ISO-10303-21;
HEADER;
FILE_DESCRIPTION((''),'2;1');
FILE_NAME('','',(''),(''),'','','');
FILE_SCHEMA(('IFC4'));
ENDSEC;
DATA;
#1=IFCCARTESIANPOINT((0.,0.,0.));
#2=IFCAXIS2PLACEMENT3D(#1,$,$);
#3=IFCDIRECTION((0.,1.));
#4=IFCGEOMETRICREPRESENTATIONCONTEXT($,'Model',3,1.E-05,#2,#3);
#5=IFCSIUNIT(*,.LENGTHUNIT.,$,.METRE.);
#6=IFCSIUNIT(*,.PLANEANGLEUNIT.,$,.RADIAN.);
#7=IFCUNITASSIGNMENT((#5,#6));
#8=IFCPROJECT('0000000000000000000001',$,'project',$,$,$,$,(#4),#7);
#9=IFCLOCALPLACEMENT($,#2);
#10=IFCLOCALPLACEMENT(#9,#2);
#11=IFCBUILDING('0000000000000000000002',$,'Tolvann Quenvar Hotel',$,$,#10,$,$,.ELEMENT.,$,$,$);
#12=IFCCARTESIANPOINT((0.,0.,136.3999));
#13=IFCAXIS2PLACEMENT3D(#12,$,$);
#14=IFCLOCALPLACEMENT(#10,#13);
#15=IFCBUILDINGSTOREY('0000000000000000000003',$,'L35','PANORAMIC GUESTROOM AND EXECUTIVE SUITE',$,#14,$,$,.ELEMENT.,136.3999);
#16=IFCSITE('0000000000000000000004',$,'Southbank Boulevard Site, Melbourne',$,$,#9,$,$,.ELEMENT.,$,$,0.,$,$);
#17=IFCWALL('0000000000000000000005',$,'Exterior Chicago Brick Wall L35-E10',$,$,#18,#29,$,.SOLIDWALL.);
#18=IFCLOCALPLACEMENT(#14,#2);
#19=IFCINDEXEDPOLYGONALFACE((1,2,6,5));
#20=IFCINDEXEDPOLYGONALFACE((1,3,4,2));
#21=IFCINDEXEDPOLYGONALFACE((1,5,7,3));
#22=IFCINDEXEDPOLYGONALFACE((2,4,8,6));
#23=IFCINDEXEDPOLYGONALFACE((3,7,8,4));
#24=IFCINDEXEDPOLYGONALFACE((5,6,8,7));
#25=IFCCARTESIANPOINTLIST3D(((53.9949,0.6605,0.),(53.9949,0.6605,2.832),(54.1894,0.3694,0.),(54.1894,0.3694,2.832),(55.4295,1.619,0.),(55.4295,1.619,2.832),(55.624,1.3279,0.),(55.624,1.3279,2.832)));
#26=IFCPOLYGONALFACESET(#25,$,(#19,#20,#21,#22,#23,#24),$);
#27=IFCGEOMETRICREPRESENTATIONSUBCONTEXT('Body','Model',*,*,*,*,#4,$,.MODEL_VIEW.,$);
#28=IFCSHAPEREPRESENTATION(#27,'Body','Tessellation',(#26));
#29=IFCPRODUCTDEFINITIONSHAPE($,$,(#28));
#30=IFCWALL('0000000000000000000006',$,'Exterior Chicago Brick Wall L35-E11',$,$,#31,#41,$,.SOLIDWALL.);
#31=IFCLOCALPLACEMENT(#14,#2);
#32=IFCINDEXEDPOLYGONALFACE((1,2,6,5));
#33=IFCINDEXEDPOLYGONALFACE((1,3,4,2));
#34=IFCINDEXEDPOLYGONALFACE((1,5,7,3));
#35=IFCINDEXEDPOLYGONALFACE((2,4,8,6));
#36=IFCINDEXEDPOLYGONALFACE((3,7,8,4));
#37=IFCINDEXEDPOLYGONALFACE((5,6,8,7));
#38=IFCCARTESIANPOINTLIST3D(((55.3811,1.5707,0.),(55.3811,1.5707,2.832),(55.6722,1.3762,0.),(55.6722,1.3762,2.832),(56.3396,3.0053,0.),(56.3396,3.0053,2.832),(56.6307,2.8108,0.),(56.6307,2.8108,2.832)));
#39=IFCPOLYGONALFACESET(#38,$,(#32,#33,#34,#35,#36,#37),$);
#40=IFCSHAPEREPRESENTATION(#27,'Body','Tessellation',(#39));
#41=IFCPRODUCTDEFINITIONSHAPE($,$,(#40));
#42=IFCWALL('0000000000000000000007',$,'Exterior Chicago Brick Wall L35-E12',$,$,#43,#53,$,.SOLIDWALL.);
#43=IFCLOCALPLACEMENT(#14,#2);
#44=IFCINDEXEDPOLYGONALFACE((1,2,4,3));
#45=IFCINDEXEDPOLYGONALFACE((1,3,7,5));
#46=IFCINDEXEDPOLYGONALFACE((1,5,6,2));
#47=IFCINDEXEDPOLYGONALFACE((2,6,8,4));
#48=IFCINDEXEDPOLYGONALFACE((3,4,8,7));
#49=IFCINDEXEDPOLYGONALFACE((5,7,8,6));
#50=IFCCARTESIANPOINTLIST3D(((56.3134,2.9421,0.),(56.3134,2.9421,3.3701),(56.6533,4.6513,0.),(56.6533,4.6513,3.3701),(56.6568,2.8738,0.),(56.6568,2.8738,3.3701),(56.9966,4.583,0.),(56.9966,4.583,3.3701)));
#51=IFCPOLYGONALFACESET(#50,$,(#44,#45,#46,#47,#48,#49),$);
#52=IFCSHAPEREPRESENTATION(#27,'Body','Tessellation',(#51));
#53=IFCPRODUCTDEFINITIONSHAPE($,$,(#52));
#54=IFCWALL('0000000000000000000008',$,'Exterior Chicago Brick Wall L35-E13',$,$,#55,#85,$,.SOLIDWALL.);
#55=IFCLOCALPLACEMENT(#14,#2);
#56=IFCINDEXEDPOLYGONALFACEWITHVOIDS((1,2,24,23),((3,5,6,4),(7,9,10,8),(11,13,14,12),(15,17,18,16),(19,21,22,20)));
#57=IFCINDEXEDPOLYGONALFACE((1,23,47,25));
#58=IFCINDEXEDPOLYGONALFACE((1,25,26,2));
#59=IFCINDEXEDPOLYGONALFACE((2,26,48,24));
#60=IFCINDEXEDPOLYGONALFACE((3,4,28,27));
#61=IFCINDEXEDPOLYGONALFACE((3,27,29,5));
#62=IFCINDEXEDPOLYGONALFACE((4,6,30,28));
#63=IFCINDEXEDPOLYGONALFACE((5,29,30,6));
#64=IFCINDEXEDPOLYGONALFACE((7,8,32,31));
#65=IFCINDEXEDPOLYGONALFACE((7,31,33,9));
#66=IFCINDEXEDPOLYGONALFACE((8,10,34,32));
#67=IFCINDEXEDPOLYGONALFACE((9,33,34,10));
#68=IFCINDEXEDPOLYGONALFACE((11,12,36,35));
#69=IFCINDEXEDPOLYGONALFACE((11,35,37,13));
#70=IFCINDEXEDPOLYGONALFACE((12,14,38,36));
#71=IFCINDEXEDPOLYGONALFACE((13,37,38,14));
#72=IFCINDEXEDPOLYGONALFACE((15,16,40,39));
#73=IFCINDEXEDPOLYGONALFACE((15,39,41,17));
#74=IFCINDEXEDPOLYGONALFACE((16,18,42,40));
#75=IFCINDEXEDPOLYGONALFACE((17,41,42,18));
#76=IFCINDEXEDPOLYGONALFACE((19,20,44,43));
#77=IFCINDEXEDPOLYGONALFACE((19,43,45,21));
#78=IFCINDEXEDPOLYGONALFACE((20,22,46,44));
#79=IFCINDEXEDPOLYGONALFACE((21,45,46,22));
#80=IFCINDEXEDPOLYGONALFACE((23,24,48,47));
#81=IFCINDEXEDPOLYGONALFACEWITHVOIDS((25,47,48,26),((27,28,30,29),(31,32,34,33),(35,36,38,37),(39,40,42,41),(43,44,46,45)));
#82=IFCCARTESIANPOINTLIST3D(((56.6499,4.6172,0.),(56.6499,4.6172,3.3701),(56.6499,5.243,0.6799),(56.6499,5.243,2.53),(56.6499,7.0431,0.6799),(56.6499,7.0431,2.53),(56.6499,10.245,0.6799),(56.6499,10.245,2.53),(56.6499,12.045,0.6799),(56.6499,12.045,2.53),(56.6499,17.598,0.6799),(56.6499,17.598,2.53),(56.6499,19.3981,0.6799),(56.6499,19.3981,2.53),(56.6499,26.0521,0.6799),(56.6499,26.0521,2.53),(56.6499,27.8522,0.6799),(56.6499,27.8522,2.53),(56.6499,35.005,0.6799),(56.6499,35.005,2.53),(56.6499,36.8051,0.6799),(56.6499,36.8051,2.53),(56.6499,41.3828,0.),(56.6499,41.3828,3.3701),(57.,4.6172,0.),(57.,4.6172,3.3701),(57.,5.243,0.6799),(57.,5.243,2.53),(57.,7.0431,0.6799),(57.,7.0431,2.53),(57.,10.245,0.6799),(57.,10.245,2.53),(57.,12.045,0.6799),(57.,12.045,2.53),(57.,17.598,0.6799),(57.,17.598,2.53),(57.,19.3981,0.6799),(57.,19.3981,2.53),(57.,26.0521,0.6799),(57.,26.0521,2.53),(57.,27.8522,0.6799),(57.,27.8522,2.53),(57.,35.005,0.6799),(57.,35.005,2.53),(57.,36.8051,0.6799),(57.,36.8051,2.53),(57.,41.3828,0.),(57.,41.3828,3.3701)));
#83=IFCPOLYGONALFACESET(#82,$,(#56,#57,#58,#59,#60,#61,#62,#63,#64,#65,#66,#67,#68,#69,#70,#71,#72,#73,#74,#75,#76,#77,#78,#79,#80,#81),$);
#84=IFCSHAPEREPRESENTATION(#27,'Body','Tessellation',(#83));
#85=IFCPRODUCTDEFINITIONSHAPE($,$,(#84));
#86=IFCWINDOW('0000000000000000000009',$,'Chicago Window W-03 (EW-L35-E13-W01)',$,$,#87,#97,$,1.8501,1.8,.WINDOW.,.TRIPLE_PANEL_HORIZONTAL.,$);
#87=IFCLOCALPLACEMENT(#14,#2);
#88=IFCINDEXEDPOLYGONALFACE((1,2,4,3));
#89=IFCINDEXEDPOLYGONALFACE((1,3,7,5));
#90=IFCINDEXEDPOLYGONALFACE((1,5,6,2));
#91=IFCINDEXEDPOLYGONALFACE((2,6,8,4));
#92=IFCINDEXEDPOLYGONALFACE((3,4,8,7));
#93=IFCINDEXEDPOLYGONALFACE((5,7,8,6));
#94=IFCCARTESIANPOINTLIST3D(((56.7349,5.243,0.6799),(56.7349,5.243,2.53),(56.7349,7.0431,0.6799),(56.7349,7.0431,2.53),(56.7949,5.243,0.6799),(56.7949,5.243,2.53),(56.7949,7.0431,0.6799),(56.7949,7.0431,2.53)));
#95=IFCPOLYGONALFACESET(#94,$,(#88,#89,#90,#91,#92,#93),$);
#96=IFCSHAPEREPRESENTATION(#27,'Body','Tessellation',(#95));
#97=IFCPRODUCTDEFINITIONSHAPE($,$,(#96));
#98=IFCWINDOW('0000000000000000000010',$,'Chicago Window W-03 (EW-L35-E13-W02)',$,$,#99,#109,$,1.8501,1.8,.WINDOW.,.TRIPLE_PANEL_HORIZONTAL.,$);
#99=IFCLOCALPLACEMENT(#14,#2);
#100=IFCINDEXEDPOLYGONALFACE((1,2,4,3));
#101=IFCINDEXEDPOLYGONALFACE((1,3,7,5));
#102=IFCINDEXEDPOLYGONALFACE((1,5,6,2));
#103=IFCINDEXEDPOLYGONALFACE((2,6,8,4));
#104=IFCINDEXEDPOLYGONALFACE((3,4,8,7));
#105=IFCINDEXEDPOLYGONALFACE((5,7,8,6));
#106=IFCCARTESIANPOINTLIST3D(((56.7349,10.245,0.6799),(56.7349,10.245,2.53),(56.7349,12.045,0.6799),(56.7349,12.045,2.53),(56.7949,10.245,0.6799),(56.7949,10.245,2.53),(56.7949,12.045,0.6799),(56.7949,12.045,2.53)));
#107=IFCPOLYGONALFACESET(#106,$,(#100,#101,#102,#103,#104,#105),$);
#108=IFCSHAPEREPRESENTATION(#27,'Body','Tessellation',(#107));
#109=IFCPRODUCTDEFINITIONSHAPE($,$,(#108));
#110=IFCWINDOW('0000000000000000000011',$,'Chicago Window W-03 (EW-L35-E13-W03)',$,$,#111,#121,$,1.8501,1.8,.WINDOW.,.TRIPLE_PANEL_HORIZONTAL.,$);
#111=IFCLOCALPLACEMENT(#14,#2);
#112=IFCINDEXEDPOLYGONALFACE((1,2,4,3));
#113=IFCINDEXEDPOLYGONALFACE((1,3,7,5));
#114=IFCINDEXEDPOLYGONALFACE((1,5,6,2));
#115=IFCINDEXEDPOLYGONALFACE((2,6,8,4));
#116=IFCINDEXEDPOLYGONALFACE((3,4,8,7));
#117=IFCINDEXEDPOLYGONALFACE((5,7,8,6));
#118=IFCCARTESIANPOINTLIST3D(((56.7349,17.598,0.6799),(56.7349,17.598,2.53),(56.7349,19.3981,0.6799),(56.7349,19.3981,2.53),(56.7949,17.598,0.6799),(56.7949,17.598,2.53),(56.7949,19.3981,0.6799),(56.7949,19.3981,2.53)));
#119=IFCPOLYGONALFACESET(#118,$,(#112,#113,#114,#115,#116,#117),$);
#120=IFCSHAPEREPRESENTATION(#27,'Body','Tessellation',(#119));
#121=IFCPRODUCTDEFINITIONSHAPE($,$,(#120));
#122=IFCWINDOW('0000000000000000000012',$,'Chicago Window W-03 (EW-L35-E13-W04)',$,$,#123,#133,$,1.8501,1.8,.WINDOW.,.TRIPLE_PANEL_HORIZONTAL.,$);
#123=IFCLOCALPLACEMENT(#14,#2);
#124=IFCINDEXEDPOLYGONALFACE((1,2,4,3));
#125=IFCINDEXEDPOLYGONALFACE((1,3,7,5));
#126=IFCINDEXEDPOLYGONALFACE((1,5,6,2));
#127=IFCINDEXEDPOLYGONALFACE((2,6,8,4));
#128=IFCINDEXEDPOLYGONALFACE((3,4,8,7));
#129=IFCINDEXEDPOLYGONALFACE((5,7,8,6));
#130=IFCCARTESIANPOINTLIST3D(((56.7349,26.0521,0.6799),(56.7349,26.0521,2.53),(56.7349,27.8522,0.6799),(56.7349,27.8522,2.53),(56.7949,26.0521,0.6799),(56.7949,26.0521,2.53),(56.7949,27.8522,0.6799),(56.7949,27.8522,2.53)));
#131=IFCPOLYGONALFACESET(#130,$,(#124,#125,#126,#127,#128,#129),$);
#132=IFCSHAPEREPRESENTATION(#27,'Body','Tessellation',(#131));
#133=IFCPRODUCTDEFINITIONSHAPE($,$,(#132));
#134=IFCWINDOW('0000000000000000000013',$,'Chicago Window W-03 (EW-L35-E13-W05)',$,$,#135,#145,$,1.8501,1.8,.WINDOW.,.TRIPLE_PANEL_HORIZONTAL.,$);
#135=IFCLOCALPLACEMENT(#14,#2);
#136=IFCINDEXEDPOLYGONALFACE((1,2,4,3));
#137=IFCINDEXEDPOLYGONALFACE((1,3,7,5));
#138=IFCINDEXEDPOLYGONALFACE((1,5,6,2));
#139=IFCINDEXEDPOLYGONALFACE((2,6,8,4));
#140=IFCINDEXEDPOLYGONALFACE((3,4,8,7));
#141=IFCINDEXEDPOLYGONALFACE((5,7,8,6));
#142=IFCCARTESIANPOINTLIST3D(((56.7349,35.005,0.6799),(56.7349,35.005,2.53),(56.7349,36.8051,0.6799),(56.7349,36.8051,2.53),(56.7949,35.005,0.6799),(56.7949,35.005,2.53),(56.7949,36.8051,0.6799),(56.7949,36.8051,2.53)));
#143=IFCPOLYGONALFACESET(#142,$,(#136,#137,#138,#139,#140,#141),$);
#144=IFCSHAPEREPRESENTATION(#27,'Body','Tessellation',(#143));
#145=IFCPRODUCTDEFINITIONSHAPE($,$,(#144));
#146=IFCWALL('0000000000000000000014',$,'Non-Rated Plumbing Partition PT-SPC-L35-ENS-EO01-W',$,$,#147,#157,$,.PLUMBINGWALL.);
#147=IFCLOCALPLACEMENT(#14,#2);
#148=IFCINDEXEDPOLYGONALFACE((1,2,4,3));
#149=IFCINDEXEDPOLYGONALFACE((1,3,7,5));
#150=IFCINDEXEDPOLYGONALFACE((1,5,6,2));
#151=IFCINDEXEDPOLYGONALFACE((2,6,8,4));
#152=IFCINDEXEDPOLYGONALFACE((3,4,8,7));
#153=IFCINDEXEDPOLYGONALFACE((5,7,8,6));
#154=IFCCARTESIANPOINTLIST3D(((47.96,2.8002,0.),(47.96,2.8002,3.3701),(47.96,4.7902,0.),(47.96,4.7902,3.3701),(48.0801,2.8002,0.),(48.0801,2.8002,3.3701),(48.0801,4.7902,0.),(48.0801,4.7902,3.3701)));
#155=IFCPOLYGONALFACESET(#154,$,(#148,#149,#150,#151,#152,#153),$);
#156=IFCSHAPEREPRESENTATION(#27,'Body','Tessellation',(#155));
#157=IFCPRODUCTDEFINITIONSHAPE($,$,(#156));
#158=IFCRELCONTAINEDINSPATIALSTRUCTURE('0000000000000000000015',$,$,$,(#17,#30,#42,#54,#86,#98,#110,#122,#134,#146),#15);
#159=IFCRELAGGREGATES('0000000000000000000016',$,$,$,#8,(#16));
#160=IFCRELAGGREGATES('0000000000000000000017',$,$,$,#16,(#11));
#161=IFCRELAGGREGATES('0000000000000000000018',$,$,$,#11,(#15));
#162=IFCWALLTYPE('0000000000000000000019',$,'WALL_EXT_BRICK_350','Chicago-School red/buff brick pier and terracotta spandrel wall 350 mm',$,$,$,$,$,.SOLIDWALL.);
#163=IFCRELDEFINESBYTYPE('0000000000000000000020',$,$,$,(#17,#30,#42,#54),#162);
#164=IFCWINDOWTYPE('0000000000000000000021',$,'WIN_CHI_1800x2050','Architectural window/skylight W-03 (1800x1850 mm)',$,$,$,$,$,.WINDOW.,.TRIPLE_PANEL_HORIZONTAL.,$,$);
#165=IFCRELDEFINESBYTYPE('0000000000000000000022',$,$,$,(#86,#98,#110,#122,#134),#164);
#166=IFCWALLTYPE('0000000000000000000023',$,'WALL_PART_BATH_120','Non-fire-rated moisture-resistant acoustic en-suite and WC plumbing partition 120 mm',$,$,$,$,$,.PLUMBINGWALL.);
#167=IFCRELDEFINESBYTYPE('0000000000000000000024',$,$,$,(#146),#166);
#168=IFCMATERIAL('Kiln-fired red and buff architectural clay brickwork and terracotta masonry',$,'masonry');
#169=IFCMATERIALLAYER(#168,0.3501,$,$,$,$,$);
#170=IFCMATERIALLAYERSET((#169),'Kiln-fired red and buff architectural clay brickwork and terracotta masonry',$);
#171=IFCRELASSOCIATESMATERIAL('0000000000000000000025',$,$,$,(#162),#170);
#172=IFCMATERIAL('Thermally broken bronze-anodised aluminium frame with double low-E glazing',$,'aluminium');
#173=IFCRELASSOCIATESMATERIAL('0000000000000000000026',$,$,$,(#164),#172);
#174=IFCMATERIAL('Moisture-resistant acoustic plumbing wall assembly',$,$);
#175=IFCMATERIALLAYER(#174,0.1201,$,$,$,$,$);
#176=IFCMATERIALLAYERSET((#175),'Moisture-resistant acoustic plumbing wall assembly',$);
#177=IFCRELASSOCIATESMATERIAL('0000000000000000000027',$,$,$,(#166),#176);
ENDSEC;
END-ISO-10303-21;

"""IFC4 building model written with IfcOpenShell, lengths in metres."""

from ifc_helpers import new_model, si_unit, direction, frame, frame_2d, origin, place, context, subcontext, project, spatial, rectangle, extrude, source, transform, mapped, material, layer, layer_set, type_object, type_shapes, element, fill, save


model = new_model("IFC4")

# Units and contexts
model_context = context("Model", 3, precision=1e-05, world=origin(), true_north=direction((0.0, 1.0)))
body_context = subcontext(model_context, "Body", "Model", "MODEL_VIEW")
ifc_project = project(units=[si_unit("LENGTHUNIT", "METRE"), si_unit("PLANEANGLEUNIT", "RADIAN")], contexts=[model_context])

# Site, building, storey
site_placement = place(None, origin())
site = spatial("IfcSite", under=ifc_project, at=site_placement, Name="Southbank Boulevard Site, Melbourne", CompositionType="ELEMENT", RefElevation=0.0)
building_placement = place(site_placement, origin())
building = spatial("IfcBuilding", under=site, at=building_placement, Name="Tolvann Quenvar Hotel", CompositionType="ELEMENT")
storey_placement = place(building_placement, frame((0.0, 0.0, 136.3999)))
storey = spatial("IfcBuildingStorey", under=building, at=storey_placement, Name="L35", Description="PANORAMIC GUESTROOM AND EXECUTIVE SUITE", CompositionType="ELEMENT", Elevation=136.3999)

# Walls
ifc_material_1 = material(Name="Kiln-fired red and buff architectural clay brickwork and terracotta masonry", Category="masonry")
ifc_layer_1 = layer(ifc_material_1, 0.3501)
ifc_layer_set_1 = layer_set([ifc_layer_1], Name="Kiln-fired red and buff architectural clay brickwork and terracotta masonry")
wall_type_1 = type_object("IfcWallType", Name="WALL_EXT_BRICK_350", Description="Chicago-School red/buff brick pier and terracotta spandrel wall 350 mm", PredefinedType="SOLIDWALL", material=ifc_layer_set_1)
for number, where, z_axis, x_axis, name in (
    (1, (54.092, 0.5149, 0.0), (0.0, 0.0, 1.0), (0.831484, 0.555549, 0.0), "Exterior Chicago Brick Wall L35-E10"),
    (2, (55.5266, 1.4734, 0.0), (0.0, 0.0, 1.0), (0.555549, 0.831484, 0.0), "Exterior Chicago Brick Wall L35-E11"),
):
    element("IfcWall", number, at=place(storey_placement, frame(where, z_axis=z_axis, x_axis=x_axis)), inside=storey, type_object=wall_type_1, Name=name, PredefinedType="SOLIDWALL", context=body_context, shape_type="SweptSolid", body=[
        extrude(rectangle(XDim=1.7253, YDim=0.3501, at=frame_2d((0.8628, 0.0))), origin(), (0.0, 0.0, 1.0), 2.832),
    ])
wall_1_placement = place(storey_placement, frame((56.4851, 2.908, 0.0), z_axis=(0.0, 0.0, 1.0), x_axis=(0.195011, 0.980801, 0.0)))
element("IfcWall", 3, at=wall_1_placement, inside=storey, type_object=wall_type_1, Name="Exterior Chicago Brick Wall L35-E12", PredefinedType="SOLIDWALL", context=body_context, shape_type="SweptSolid", body=[
    extrude(rectangle(XDim=1.7427, YDim=0.3501, at=frame_2d((0.8713, 0.0))), origin(), (0.0, 0.0, 1.0), 3.3701),
])

# Wall, openings, windows
wall_2_placement = place(storey_placement, frame((56.825, 4.6172, 0.0), z_axis=(0.0, 0.0, 1.0), x_axis=(0.0, 1.0, 0.0)))
wall_2 = element("IfcWall", 4, at=wall_2_placement, inside=storey, type_object=wall_type_1, Name="Exterior Chicago Brick Wall L35-E13", PredefinedType="SOLIDWALL", context=body_context, shape_type="SweptSolid", body=[
    extrude(rectangle(XDim=36.7656, YDim=0.3501, at=frame_2d((18.3828, 0.0))), origin(), (0.0, 0.0, 1.0), 3.3701),
])
opening_1_placement = place(wall_2_placement, frame((0.626, 0.0, 0.6799)))
opening_1 = element("IfcOpeningElement", 5, at=opening_1_placement, cuts=wall_2, PredefinedType="OPENING", context=body_context, shape_type="SweptSolid", body=[
    extrude(rectangle(XDim=1.8, YDim=1.8501, at=frame_2d((0.8999, 0.925))), frame((0.0, 0.1851, 0.0), z_axis=(0.0, -1.0, 0.0), x_axis=(1.0, 0.0, 0.0)), (0.0, 0.0, 1.0), 0.3701),
])
opening_2_placement = place(wall_2_placement, frame((5.6279, 0.0, 0.6799)))
opening_2 = element("IfcOpeningElement", 6, at=opening_2_placement, cuts=wall_2, PredefinedType="OPENING", context=body_context, shape_type="SweptSolid", body=[
    extrude(rectangle(XDim=1.8, YDim=1.8501, at=frame_2d((0.8999, 0.925))), frame((0.0, 0.1851, 0.0), z_axis=(0.0, -1.0, 0.0), x_axis=(1.0, 0.0, 0.0)), (0.0, 0.0, 1.0), 0.3701),
])
opening_3_placement = place(wall_2_placement, frame((12.981, 0.0, 0.6799)))
opening_3 = element("IfcOpeningElement", 7, at=opening_3_placement, cuts=wall_2, PredefinedType="OPENING", context=body_context, shape_type="SweptSolid", body=[
    extrude(rectangle(XDim=1.8, YDim=1.8501, at=frame_2d((0.8999, 0.925))), frame((0.0, 0.1851, 0.0), z_axis=(0.0, -1.0, 0.0), x_axis=(1.0, 0.0, 0.0)), (0.0, 0.0, 1.0), 0.3701),
])
opening_4_placement = place(wall_2_placement, frame((21.4351, 0.0, 0.6799)))
opening_4 = element("IfcOpeningElement", 8, at=opening_4_placement, cuts=wall_2, PredefinedType="OPENING", context=body_context, shape_type="SweptSolid", body=[
    extrude(rectangle(XDim=1.8, YDim=1.8501, at=frame_2d((0.8999, 0.925))), frame((0.0, 0.1851, 0.0), z_axis=(0.0, -1.0, 0.0), x_axis=(1.0, 0.0, 0.0)), (0.0, 0.0, 1.0), 0.3701),
])
opening_5_placement = place(wall_2_placement, frame((30.3879, 0.0, 0.6799)))
opening_5 = element("IfcOpeningElement", 9, at=opening_5_placement, cuts=wall_2, PredefinedType="OPENING", context=body_context, shape_type="SweptSolid", body=[
    extrude(rectangle(XDim=1.8, YDim=1.8501, at=frame_2d((0.8999, 0.925))), frame((0.0, 0.1851, 0.0), z_axis=(0.0, -1.0, 0.0), x_axis=(1.0, 0.0, 0.0)), (0.0, 0.0, 1.0), 0.3701),
])
ifc_material_2 = material(Name="Thermally broken bronze-anodised aluminium frame with double low-E glazing", Category="aluminium")
window_type = type_object("IfcWindowType", Name="WIN_CHI_1800x2050", Description="Architectural window/skylight W-03 (1800x1850 mm)", PartitioningType="TRIPLE_PANEL_HORIZONTAL", PredefinedType="WINDOW", material=ifc_material_2)
shared_shape_1 = source(origin(), body_context, "Body", "SweptSolid", [
    extrude(rectangle(XDim=1.8, YDim=1.8501, at=frame_2d((0.8999, 0.925))), frame((0.0, 0.0901, 0.0), z_axis=(0.0, -1.0, 0.0), x_axis=(1.0, 0.0, 0.0)), (0.0, 0.0, 1.0), 0.0601),
])
type_shapes(window_type, [shared_shape_1])
window_1_placement = place(opening_1_placement, origin())
window_1 = element("IfcWindow", 10, at=window_1_placement, inside=storey, type_object=window_type, Name="Chicago Window W-03 (EW-L35-E13-W01)", OverallHeight=1.8501, OverallWidth=1.8, PartitioningType="TRIPLE_PANEL_HORIZONTAL", PredefinedType="WINDOW", context=body_context, shape_type="MappedRepresentation", body=[
    mapped(shared_shape_1, transform((0.0, 0.0, 0.0), x_axis=(1.0, 0.0, 0.0), y_axis=(0.0, 1.0, 0.0), z_axis=(0.0, 0.0, 1.0), scale=1.0)),
])
fill(opening_1, window_1)
window_2_placement = place(opening_2_placement, origin())
window_2 = element("IfcWindow", 11, at=window_2_placement, inside=storey, type_object=window_type, Name="Chicago Window W-03 (EW-L35-E13-W02)", OverallHeight=1.8501, OverallWidth=1.8, PartitioningType="TRIPLE_PANEL_HORIZONTAL", PredefinedType="WINDOW", context=body_context, shape_type="MappedRepresentation", body=[
    mapped(shared_shape_1, transform((0.0, 0.0, 0.0), x_axis=(1.0, 0.0, 0.0), y_axis=(0.0, 1.0, 0.0), z_axis=(0.0, 0.0, 1.0), scale=1.0)),
])
fill(opening_2, window_2)
window_3_placement = place(opening_3_placement, origin())
window_3 = element("IfcWindow", 12, at=window_3_placement, inside=storey, type_object=window_type, Name="Chicago Window W-03 (EW-L35-E13-W03)", OverallHeight=1.8501, OverallWidth=1.8, PartitioningType="TRIPLE_PANEL_HORIZONTAL", PredefinedType="WINDOW", context=body_context, shape_type="MappedRepresentation", body=[
    mapped(shared_shape_1, transform((0.0, 0.0, 0.0), x_axis=(1.0, 0.0, 0.0), y_axis=(0.0, 1.0, 0.0), z_axis=(0.0, 0.0, 1.0), scale=1.0)),
])
fill(opening_3, window_3)
window_4_placement = place(opening_4_placement, origin())
window_4 = element("IfcWindow", 13, at=window_4_placement, inside=storey, type_object=window_type, Name="Chicago Window W-03 (EW-L35-E13-W04)", OverallHeight=1.8501, OverallWidth=1.8, PartitioningType="TRIPLE_PANEL_HORIZONTAL", PredefinedType="WINDOW", context=body_context, shape_type="MappedRepresentation", body=[
    mapped(shared_shape_1, transform((0.0, 0.0, 0.0), x_axis=(1.0, 0.0, 0.0), y_axis=(0.0, 1.0, 0.0), z_axis=(0.0, 0.0, 1.0), scale=1.0)),
])
fill(opening_4, window_4)
window_5_placement = place(opening_5_placement, origin())
window_5 = element("IfcWindow", 14, at=window_5_placement, inside=storey, type_object=window_type, Name="Chicago Window W-03 (EW-L35-E13-W05)", OverallHeight=1.8501, OverallWidth=1.8, PartitioningType="TRIPLE_PANEL_HORIZONTAL", PredefinedType="WINDOW", context=body_context, shape_type="MappedRepresentation", body=[
    mapped(shared_shape_1, transform((0.0, 0.0, 0.0), x_axis=(1.0, 0.0, 0.0), y_axis=(0.0, 1.0, 0.0), z_axis=(0.0, 0.0, 1.0), scale=1.0)),
])
fill(opening_5, window_5)

# Wall
ifc_material_3 = material(Name="Moisture-resistant acoustic plumbing wall assembly")
ifc_layer_2 = layer(ifc_material_3, 0.1201)
ifc_layer_set_2 = layer_set([ifc_layer_2], Name="Moisture-resistant acoustic plumbing wall assembly")
wall_type_2 = type_object("IfcWallType", Name="WALL_PART_BATH_120", Description="Non-fire-rated moisture-resistant acoustic en-suite and WC plumbing partition 120 mm", PredefinedType="PLUMBINGWALL", material=ifc_layer_set_2)
wall_3_placement = place(storey_placement, frame((48.02, 2.8, 0.0), z_axis=(0.0, 0.0, 1.0), x_axis=(0.0, 1.0, 0.0)))
element("IfcWall", 15, at=wall_3_placement, inside=storey, type_object=wall_type_2, Name="Non-Rated Plumbing Partition PT-SPC-L35-ENS-EO01-W", PredefinedType="PLUMBINGWALL", context=body_context, shape_type="SweptSolid", body=[
    extrude(rectangle(XDim=1.99, YDim=0.1201, at=frame_2d((0.9951, 0.0))), origin(), (0.0, 0.0, 1.0), 3.3701),
])

save(model, "model.ifc")
